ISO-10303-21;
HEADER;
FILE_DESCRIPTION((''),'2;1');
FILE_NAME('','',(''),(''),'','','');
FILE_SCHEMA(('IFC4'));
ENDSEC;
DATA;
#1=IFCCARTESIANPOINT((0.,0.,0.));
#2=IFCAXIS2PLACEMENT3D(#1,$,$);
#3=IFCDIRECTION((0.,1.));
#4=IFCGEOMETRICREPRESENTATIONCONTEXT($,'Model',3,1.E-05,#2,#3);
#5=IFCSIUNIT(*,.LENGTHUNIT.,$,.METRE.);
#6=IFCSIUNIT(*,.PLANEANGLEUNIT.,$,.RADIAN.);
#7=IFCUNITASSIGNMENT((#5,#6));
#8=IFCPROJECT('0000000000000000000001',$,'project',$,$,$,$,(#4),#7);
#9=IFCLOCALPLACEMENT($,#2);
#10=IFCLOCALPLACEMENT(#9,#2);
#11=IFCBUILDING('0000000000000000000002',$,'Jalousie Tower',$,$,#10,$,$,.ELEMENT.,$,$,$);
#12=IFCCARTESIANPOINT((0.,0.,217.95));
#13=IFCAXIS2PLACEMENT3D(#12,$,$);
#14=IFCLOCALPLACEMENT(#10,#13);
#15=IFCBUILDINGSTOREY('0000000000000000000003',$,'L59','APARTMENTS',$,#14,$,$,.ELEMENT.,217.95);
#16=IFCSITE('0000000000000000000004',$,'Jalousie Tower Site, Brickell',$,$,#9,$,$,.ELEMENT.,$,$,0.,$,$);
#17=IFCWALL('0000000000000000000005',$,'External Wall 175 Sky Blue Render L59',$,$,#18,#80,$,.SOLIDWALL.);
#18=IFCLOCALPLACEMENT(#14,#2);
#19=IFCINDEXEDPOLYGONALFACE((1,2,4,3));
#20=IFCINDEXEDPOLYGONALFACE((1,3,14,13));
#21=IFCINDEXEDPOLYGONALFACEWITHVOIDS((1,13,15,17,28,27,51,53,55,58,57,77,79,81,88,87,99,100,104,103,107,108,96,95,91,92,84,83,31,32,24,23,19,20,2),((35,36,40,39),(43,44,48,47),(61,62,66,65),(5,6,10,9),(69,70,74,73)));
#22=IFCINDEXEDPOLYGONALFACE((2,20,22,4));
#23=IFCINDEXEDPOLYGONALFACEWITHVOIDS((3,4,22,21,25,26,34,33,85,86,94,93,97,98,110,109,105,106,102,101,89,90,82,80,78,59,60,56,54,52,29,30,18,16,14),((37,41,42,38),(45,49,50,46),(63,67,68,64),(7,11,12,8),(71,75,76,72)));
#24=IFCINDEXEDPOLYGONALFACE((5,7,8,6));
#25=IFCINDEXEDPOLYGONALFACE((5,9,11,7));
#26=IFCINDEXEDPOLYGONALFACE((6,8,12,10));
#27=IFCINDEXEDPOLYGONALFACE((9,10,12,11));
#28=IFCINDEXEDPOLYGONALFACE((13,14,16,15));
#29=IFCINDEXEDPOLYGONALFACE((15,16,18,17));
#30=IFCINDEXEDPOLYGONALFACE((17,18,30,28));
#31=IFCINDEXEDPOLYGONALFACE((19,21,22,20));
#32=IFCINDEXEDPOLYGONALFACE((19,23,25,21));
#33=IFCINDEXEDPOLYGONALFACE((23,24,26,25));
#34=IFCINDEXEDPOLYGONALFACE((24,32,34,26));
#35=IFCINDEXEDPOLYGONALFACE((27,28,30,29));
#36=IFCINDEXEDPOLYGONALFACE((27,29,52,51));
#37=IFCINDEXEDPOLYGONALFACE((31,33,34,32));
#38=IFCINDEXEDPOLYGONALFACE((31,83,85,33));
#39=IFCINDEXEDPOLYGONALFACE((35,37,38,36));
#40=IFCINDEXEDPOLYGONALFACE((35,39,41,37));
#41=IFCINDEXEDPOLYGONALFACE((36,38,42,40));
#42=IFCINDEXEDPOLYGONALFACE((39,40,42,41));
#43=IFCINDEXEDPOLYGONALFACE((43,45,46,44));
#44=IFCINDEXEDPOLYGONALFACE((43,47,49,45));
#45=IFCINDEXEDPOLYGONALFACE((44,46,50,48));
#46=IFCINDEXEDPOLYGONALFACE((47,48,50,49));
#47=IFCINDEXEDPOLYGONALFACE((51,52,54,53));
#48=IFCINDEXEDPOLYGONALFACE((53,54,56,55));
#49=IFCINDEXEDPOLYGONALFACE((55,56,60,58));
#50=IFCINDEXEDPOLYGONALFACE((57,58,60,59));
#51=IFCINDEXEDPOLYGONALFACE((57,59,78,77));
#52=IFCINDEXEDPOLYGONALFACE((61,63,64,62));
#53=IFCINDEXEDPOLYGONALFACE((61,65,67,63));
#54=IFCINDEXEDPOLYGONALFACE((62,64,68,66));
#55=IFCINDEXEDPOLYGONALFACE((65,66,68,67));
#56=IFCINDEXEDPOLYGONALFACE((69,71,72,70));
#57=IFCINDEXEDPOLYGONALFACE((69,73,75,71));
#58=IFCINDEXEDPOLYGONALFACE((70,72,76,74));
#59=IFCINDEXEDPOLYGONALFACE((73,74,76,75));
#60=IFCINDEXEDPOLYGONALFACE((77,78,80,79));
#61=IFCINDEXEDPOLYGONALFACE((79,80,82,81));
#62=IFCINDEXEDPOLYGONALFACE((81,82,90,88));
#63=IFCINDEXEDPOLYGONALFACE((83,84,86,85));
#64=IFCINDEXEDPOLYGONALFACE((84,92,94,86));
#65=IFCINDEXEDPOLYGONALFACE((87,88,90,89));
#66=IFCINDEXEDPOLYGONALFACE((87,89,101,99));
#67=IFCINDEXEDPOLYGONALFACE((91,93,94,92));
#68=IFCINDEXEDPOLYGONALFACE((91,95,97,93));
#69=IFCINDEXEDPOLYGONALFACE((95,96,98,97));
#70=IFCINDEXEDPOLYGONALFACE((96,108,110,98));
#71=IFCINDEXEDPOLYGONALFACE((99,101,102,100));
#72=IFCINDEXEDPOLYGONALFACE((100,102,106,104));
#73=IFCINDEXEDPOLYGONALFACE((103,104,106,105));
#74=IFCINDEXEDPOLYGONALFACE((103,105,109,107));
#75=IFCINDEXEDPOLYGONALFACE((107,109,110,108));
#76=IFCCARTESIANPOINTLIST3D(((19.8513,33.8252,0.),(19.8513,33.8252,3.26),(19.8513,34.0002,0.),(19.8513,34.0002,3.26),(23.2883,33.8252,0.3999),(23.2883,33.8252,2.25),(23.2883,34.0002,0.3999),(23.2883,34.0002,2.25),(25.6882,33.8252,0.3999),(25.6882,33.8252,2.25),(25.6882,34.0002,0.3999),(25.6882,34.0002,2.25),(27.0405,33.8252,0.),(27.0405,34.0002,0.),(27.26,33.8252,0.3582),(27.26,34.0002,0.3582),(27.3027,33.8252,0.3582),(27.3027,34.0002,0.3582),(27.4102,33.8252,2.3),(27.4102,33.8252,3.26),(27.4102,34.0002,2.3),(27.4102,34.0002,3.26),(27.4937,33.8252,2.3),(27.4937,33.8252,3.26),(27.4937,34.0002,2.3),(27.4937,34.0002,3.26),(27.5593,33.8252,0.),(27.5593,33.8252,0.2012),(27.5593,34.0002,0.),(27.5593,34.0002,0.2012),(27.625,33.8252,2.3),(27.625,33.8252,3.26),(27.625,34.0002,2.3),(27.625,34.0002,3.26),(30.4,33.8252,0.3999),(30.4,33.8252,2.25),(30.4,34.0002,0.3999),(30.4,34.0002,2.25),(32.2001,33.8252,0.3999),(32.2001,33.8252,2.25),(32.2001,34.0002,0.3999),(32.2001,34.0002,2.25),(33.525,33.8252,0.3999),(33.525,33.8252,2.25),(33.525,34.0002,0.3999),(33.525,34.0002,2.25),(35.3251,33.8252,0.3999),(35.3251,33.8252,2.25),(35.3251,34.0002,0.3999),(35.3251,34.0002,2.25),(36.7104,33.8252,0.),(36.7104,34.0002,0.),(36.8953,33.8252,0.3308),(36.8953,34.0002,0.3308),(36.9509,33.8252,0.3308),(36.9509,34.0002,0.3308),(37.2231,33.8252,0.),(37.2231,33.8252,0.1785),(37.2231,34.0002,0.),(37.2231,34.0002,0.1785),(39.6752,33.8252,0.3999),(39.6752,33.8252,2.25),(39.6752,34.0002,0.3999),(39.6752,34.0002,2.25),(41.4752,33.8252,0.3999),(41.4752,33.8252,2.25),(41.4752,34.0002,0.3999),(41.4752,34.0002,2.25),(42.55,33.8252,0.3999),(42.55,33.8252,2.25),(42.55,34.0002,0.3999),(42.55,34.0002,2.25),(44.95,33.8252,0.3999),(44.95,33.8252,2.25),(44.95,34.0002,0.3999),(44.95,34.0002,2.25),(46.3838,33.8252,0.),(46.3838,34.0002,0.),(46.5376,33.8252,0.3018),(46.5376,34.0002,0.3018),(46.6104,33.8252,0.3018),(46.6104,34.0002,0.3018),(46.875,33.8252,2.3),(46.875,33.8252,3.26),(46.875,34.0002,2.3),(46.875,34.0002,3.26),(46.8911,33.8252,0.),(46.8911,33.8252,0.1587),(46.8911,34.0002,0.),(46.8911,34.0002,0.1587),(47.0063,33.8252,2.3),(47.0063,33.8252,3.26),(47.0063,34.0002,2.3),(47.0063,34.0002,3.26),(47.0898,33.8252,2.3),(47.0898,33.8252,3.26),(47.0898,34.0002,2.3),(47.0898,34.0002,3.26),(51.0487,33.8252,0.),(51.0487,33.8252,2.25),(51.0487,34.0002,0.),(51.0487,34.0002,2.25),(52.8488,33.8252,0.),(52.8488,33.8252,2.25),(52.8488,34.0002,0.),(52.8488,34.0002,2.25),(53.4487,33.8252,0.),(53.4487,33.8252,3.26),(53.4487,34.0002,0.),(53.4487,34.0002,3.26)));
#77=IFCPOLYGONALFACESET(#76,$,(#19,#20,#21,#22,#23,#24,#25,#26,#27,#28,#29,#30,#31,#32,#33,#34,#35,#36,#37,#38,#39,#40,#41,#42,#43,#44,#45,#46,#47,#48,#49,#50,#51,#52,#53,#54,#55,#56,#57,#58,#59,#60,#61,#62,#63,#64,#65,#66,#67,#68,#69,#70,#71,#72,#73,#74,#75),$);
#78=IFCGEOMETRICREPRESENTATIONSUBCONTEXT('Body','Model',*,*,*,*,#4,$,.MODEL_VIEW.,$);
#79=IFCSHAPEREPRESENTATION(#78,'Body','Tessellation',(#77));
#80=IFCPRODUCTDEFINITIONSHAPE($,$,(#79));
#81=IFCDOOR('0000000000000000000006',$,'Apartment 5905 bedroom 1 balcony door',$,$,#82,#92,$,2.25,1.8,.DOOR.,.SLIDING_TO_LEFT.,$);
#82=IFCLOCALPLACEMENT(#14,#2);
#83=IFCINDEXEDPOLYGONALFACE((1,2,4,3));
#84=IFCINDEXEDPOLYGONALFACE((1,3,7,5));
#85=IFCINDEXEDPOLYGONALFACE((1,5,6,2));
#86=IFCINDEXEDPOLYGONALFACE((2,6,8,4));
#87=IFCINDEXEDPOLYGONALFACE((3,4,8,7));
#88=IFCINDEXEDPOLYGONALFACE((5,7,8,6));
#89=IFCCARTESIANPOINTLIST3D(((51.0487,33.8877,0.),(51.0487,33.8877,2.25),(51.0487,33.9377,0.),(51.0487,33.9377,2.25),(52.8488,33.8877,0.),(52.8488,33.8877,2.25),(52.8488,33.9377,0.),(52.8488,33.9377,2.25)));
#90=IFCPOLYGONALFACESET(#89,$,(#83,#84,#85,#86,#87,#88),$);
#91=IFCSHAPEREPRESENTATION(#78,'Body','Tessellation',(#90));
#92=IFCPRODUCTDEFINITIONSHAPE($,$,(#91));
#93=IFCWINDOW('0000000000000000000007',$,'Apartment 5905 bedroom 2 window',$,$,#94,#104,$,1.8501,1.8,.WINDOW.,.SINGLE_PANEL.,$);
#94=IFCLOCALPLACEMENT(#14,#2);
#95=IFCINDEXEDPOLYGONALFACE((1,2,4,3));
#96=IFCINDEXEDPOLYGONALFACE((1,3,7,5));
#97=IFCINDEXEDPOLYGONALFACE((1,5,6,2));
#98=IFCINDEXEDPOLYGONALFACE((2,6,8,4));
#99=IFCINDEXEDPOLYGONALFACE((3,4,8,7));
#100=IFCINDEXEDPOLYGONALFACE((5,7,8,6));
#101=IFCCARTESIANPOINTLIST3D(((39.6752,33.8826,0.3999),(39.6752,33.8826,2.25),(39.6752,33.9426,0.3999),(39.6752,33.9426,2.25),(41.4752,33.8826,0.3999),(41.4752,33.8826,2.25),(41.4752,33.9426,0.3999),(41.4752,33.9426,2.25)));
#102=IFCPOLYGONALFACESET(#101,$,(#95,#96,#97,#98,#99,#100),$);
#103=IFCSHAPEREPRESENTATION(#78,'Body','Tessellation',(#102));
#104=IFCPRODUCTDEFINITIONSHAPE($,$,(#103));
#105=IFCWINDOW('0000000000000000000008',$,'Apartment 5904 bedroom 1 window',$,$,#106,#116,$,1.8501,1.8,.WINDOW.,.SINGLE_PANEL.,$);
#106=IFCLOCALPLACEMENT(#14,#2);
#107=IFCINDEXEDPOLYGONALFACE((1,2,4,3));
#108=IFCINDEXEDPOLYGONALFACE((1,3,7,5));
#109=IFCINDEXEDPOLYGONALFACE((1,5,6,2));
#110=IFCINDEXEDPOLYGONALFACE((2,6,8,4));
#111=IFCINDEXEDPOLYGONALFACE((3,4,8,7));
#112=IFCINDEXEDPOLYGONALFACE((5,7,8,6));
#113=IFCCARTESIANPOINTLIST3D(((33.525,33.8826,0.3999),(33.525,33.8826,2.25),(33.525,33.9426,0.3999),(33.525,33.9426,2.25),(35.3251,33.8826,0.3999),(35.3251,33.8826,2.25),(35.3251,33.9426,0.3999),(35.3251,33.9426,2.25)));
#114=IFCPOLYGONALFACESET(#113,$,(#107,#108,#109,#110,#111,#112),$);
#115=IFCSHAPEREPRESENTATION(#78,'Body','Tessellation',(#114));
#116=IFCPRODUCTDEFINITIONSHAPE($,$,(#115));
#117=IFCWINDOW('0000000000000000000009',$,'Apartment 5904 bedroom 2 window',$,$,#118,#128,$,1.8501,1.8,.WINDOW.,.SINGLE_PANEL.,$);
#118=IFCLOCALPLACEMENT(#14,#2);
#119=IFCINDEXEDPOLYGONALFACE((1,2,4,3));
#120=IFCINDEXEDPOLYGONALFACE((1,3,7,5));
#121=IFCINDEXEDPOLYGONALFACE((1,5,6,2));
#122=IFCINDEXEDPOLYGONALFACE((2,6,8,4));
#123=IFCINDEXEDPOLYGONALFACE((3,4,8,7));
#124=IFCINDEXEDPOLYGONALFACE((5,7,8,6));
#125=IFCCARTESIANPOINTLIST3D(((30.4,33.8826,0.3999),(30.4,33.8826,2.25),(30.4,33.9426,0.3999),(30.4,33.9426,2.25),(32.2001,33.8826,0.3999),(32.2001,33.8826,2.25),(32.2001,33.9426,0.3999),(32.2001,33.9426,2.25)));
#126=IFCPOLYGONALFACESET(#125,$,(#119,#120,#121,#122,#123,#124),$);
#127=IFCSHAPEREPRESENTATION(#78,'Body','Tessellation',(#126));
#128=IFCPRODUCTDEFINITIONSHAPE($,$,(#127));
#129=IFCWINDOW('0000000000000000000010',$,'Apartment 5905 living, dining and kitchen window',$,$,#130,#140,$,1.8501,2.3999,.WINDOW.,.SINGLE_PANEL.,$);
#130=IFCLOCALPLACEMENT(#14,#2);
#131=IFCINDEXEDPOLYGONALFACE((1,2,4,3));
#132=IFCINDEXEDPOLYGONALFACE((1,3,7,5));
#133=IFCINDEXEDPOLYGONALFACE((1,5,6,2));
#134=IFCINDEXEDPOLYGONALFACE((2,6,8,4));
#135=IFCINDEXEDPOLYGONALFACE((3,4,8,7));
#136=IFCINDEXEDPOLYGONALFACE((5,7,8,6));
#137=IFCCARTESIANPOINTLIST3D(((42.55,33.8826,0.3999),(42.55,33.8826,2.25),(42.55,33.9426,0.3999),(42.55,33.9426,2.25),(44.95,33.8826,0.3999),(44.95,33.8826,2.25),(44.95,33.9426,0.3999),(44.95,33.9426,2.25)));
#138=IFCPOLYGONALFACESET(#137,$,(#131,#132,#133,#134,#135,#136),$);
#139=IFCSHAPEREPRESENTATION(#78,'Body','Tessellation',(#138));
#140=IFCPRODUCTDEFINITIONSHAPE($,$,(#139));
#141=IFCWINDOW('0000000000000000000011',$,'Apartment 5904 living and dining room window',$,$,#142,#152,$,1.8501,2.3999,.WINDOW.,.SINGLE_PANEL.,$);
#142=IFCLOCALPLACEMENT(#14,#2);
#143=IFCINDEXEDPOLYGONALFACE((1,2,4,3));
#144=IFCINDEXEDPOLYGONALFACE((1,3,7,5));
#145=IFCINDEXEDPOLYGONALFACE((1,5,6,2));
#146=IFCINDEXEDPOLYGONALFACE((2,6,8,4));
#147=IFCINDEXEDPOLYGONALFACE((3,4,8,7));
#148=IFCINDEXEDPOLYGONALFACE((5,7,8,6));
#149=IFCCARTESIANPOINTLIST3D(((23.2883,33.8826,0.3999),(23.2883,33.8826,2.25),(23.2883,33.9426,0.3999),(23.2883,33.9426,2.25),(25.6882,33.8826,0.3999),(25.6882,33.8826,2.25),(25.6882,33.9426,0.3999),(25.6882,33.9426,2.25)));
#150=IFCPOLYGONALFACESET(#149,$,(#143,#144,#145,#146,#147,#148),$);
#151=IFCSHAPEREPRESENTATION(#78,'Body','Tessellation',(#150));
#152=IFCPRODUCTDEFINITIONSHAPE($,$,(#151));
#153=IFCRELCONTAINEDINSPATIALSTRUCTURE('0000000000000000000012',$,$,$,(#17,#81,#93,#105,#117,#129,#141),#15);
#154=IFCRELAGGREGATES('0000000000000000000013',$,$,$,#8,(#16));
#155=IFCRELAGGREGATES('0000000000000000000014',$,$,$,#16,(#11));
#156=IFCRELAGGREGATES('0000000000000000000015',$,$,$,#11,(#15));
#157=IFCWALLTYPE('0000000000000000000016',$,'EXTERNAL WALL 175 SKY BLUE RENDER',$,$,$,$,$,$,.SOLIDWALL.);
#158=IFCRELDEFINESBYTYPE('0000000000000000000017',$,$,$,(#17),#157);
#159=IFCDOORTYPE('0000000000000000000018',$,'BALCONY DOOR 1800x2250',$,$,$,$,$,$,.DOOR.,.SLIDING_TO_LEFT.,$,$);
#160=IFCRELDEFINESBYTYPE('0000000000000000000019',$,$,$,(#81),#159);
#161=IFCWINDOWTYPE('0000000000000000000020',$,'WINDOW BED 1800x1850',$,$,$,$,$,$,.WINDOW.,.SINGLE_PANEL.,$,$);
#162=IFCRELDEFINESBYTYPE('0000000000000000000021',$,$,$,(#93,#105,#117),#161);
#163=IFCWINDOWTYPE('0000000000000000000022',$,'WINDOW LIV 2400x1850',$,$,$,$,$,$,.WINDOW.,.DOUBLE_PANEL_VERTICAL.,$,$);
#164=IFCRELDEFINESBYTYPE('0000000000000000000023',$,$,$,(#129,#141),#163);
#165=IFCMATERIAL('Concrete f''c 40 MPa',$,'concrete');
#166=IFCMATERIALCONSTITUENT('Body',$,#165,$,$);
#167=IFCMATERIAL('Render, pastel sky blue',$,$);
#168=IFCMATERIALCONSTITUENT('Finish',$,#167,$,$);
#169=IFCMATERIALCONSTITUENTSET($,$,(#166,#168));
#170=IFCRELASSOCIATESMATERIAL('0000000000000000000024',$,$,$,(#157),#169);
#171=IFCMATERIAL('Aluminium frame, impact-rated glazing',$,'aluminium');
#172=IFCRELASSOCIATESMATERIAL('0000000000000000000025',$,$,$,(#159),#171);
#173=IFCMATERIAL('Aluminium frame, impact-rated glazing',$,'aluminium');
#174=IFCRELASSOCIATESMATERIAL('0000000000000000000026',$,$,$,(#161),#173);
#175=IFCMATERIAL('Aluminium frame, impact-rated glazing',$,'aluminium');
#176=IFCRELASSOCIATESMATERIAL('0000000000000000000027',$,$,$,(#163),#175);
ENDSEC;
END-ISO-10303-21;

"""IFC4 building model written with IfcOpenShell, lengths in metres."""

from ifc_helpers import new_model, si_unit, direction, frame, frame_2d, origin, place, context, subcontext, project, spatial, polyline, rectangle, outline, extrude, material, constituent, constituent_set, type_object, element, fill, save


model = new_model("IFC4")

# Units and contexts
model_context = context("Model", 3, precision=1e-05, world=origin(), true_north=direction((0.0, 1.0)))
body_context = subcontext(model_context, "Body", "Model", "MODEL_VIEW")
ifc_project = project(units=[si_unit("LENGTHUNIT", "METRE"), si_unit("PLANEANGLEUNIT", "RADIAN")], contexts=[model_context])

# Site, building, storey
site_placement = place(None, origin())
site = spatial("IfcSite", under=ifc_project, at=site_placement, Name="Jalousie Tower Site, Brickell", CompositionType="ELEMENT", RefElevation=0.0)
building_placement = place(site_placement, origin())
building = spatial("IfcBuilding", under=site, at=building_placement, Name="Jalousie Tower", CompositionType="ELEMENT")
storey_placement = place(building_placement, frame((0.0, 0.0, 217.95)))
storey = spatial("IfcBuildingStorey", under=building, at=storey_placement, Name="L59", Description="APARTMENTS", CompositionType="ELEMENT", Elevation=217.95)

# Wall, openings, door, windows
ifc_material_1 = material(Name="Concrete f'c 40 MPa", Category="concrete")
ifc_constituent_1 = constituent(ifc_material_1, Name="Body")
ifc_material_2 = material(Name="Render, pastel sky blue")
ifc_constituent_2 = constituent(ifc_material_2, Name="Finish")
ifc_constituent_set_1 = constituent_set(constituents=[ifc_constituent_1, ifc_constituent_2])
wall_type_1 = type_object("IfcWallType", Name="EXTERNAL WALL 175 SKY BLUE RENDER", PredefinedType="SOLIDWALL", material=ifc_constituent_set_1)
wall_1_placement = place(storey_placement, frame((53.4487, 33.9126, 0.0), z_axis=(0.0, 0.0, 1.0), x_axis=(-1.0, 0.0, 0.0)))
wall_1 = element("IfcWall", 1, at=wall_1_placement, inside=storey, type_object=wall_type_1, Name="External Wall 175 Sky Blue Render L59", PredefinedType="SOLIDWALL", context=body_context, shape_type="SweptSolid", body=[
    extrude(outline(polyline([(33.5974, 0.0), (33.5974, 3.26), (26.0386, 3.26), (26.0386, 2.3), (25.9551, 2.3), (25.9551, 3.26), (25.8237, 3.26), (25.8237, 2.3), (6.5737, 2.3), (6.5737, 3.26), (6.4424, 3.26), (6.4424, 2.3), (6.3589, 2.3), (6.3589, 3.26), (0.0, 3.26), (0.0, 0.0), (6.5576, 0.0), (6.5576, 0.1587), (6.8384, 0.3018), (6.9111, 0.3018), (7.0649, 0.0), (16.2256, 0.0), (16.2256, 0.1785), (16.4978, 0.3308), (16.5535, 0.3308), (16.7383, 0.0), (25.8894, 0.0), (25.8894, 0.2012), (26.146, 0.3582), (26.1887, 0.3582), (26.4082, 0.0), (33.5974, 0.0)])), frame((0.0, 0.0874, 0.0), z_axis=(0.0, -1.0, 0.0), x_axis=(1.0, 0.0, 0.0)), (0.0, 0.0, 1.0), 0.175),
])
opening_1_placement = place(wall_1_placement, frame((0.6001, 0.0, 0.0)))
opening_1 = element("IfcOpeningElement", 2, at=opening_1_placement, cuts=wall_1, PredefinedType="OPENING", context=body_context, shape_type="SweptSolid", body=[
    extrude(rectangle(XDim=1.8, YDim=2.25, at=frame_2d((0.8999, 1.125))), frame((0.0, 0.0974, 0.0), z_axis=(0.0, -1.0, 0.0), x_axis=(1.0, 0.0, 0.0)), (0.0, 0.0, 1.0), 0.1951),
])
opening_2_placement = place(wall_1_placement, frame((8.4988, 0.0, 0.3999)))
opening_2 = element("IfcOpeningElement", 3, at=opening_2_placement, cuts=wall_1, PredefinedType="OPENING", context=body_context, shape_type="SweptSolid", body=[
    extrude(rectangle(XDim=2.3999, YDim=1.8501, at=frame_2d((1.2, 0.925))), frame((0.0, 0.0974, 0.0), z_axis=(0.0, -1.0, 0.0), x_axis=(1.0, 0.0, 0.0)), (0.0, 0.0, 1.0), 0.1951),
])
opening_3_placement = place(wall_1_placement, frame((11.9736, 0.0, 0.3999)))
opening_3 = element("IfcOpeningElement", 4, at=opening_3_placement, cuts=wall_1, PredefinedType="OPENING", context=body_context, shape_type="SweptSolid", body=[
    extrude(rectangle(XDim=1.8, YDim=1.8501, at=frame_2d((0.8999, 0.925))), frame((0.0, 0.0974, 0.0), z_axis=(0.0, -1.0, 0.0), x_axis=(1.0, 0.0, 0.0)), (0.0, 0.0, 1.0), 0.1951),
])
opening_4_placement = place(wall_1_placement, frame((18.1238, 0.0, 0.3999)))
opening_4 = element("IfcOpeningElement", 5, at=opening_4_placement, cuts=wall_1, PredefinedType="OPENING", context=body_context, shape_type="SweptSolid", body=[
    extrude(rectangle(XDim=1.8, YDim=1.8501, at=frame_2d((0.8999, 0.925))), frame((0.0, 0.0974, 0.0), z_axis=(0.0, -1.0, 0.0), x_axis=(1.0, 0.0, 0.0)), (0.0, 0.0, 1.0), 0.1951),
])
opening_5_placement = place(wall_1_placement, frame((21.2488, 0.0, 0.3999)))
opening_5 = element("IfcOpeningElement", 6, at=opening_5_placement, cuts=wall_1, PredefinedType="OPENING", context=body_context, shape_type="SweptSolid", body=[
    extrude(rectangle(XDim=1.8, YDim=1.8501, at=frame_2d((0.8999, 0.925))), frame((0.0, 0.0974, 0.0), z_axis=(0.0, -1.0, 0.0), x_axis=(1.0, 0.0, 0.0)), (0.0, 0.0, 1.0), 0.1951),
])
opening_6_placement = place(wall_1_placement, frame((27.7605, 0.0, 0.3999)))
opening_6 = element("IfcOpeningElement", 7, at=opening_6_placement, cuts=wall_1, PredefinedType="OPENING", context=body_context, shape_type="SweptSolid", body=[
    extrude(rectangle(XDim=2.3999, YDim=1.8501, at=frame_2d((1.2, 0.925))), frame((0.0, 0.0974, 0.0), z_axis=(0.0, -1.0, 0.0), x_axis=(1.0, 0.0, 0.0)), (0.0, 0.0, 1.0), 0.1951),
])
ifc_material_3 = material(Name="Aluminium frame, impact-rated glazing", Category="aluminium")
door_type_1 = type_object("IfcDoorType", Name="BALCONY DOOR 1800x2250", OperationType="SLIDING_TO_LEFT", PredefinedType="DOOR", material=ifc_material_3)
door_1_placement = place(opening_1_placement, origin())
door_1 = element("IfcDoor", 8, at=door_1_placement, inside=storey, type_object=door_type_1, Name="Apartment 5905 bedroom 1 balcony door", OperationType="SLIDING_TO_LEFT", OverallHeight=2.25, OverallWidth=1.8, PredefinedType="DOOR", context=body_context, shape_type="SweptSolid", body=[
    extrude(rectangle(XDim=1.8, YDim=2.25, at=frame_2d((0.8999, 1.125))), frame((0.0, 0.0249, 0.0), z_axis=(0.0, -1.0, 0.0), x_axis=(1.0, 0.0, 0.0)), (0.0, 0.0, 1.0), 0.05),
])
fill(opening_1, door_1)
ifc_material_4 = material(Name="Aluminium frame, impact-rated glazing", Category="aluminium")
window_type_1 = type_object("IfcWindowType", Name="WINDOW BED 1800x1850", PartitioningType="SINGLE_PANEL", PredefinedType="WINDOW", material=ifc_material_4)
window_1_placement = place(opening_3_placement, origin())
window_1 = element("IfcWindow", 9, at=window_1_placement, inside=storey, type_object=window_type_1, Name="Apartment 5905 bedroom 2 window", OverallHeight=1.8501, OverallWidth=1.8, PartitioningType="SINGLE_PANEL", PredefinedType="WINDOW", context=body_context, shape_type="SweptSolid", body=[
    extrude(rectangle(XDim=1.8, YDim=1.8501, at=frame_2d((0.8999, 0.925))), frame((0.0, 0.03, 0.0), z_axis=(0.0, -1.0, 0.0), x_axis=(1.0, 0.0, 0.0)), (0.0, 0.0, 1.0), 0.0601),
])
fill(opening_3, window_1)
window_2_placement = place(opening_4_placement, origin())
window_2 = element("IfcWindow", 10, at=window_2_placement, inside=storey, type_object=window_type_1, Name="Apartment 5904 bedroom 1 window", OverallHeight=1.8501, OverallWidth=1.8, PartitioningType="SINGLE_PANEL", PredefinedType="WINDOW", context=body_context, shape_type="SweptSolid", body=[
    extrude(rectangle(XDim=1.8, YDim=1.8501, at=frame_2d((0.8999, 0.925))), frame((0.0, 0.03, 0.0), z_axis=(0.0, -1.0, 0.0), x_axis=(1.0, 0.0, 0.0)), (0.0, 0.0, 1.0), 0.0601),
])
fill(opening_4, window_2)
window_3_placement = place(opening_5_placement, origin())
window_3 = element("IfcWindow", 11, at=window_3_placement, inside=storey, type_object=window_type_1, Name="Apartment 5904 bedroom 2 window", OverallHeight=1.8501, OverallWidth=1.8, PartitioningType="SINGLE_PANEL", PredefinedType="WINDOW", context=body_context, shape_type="SweptSolid", body=[
    extrude(rectangle(XDim=1.8, YDim=1.8501, at=frame_2d((0.8999, 0.925))), frame((0.0, 0.03, 0.0), z_axis=(0.0, -1.0, 0.0), x_axis=(1.0, 0.0, 0.0)), (0.0, 0.0, 1.0), 0.0601),
])
fill(opening_5, window_3)
ifc_material_5 = material(Name="Aluminium frame, impact-rated glazing", Category="aluminium")
window_type_2 = type_object("IfcWindowType", Name="WINDOW LIV 2400x1850", PartitioningType="DOUBLE_PANEL_VERTICAL", PredefinedType="WINDOW", material=ifc_material_5)
window_4_placement = place(opening_2_placement, origin())
window_4 = element("IfcWindow", 12, at=window_4_placement, inside=storey, type_object=window_type_2, Name="Apartment 5905 living, dining and kitchen window", OverallHeight=1.8501, OverallWidth=2.3999, PartitioningType="SINGLE_PANEL", PredefinedType="WINDOW", context=body_context, shape_type="SweptSolid", body=[
    extrude(rectangle(XDim=2.3999, YDim=1.8501, at=frame_2d((1.2, 0.925))), frame((0.0, 0.03, 0.0), z_axis=(0.0, -1.0, 0.0), x_axis=(1.0, 0.0, 0.0)), (0.0, 0.0, 1.0), 0.0601),
])
fill(opening_2, window_4)
window_5_placement = place(opening_6_placement, origin())
window_5 = element("IfcWindow", 13, at=window_5_placement, inside=storey, type_object=window_type_2, Name="Apartment 5904 living and dining room window", OverallHeight=1.8501, OverallWidth=2.3999, PartitioningType="SINGLE_PANEL", PredefinedType="WINDOW", context=body_context, shape_type="SweptSolid", body=[
    extrude(rectangle(XDim=2.3999, YDim=1.8501, at=frame_2d((1.2, 0.925))), frame((0.0, 0.03, 0.0), z_axis=(0.0, -1.0, 0.0), x_axis=(1.0, 0.0, 0.0)), (0.0, 0.0, 1.0), 0.0601),
])
fill(opening_6, window_5)

save(model, "model.ifc")
